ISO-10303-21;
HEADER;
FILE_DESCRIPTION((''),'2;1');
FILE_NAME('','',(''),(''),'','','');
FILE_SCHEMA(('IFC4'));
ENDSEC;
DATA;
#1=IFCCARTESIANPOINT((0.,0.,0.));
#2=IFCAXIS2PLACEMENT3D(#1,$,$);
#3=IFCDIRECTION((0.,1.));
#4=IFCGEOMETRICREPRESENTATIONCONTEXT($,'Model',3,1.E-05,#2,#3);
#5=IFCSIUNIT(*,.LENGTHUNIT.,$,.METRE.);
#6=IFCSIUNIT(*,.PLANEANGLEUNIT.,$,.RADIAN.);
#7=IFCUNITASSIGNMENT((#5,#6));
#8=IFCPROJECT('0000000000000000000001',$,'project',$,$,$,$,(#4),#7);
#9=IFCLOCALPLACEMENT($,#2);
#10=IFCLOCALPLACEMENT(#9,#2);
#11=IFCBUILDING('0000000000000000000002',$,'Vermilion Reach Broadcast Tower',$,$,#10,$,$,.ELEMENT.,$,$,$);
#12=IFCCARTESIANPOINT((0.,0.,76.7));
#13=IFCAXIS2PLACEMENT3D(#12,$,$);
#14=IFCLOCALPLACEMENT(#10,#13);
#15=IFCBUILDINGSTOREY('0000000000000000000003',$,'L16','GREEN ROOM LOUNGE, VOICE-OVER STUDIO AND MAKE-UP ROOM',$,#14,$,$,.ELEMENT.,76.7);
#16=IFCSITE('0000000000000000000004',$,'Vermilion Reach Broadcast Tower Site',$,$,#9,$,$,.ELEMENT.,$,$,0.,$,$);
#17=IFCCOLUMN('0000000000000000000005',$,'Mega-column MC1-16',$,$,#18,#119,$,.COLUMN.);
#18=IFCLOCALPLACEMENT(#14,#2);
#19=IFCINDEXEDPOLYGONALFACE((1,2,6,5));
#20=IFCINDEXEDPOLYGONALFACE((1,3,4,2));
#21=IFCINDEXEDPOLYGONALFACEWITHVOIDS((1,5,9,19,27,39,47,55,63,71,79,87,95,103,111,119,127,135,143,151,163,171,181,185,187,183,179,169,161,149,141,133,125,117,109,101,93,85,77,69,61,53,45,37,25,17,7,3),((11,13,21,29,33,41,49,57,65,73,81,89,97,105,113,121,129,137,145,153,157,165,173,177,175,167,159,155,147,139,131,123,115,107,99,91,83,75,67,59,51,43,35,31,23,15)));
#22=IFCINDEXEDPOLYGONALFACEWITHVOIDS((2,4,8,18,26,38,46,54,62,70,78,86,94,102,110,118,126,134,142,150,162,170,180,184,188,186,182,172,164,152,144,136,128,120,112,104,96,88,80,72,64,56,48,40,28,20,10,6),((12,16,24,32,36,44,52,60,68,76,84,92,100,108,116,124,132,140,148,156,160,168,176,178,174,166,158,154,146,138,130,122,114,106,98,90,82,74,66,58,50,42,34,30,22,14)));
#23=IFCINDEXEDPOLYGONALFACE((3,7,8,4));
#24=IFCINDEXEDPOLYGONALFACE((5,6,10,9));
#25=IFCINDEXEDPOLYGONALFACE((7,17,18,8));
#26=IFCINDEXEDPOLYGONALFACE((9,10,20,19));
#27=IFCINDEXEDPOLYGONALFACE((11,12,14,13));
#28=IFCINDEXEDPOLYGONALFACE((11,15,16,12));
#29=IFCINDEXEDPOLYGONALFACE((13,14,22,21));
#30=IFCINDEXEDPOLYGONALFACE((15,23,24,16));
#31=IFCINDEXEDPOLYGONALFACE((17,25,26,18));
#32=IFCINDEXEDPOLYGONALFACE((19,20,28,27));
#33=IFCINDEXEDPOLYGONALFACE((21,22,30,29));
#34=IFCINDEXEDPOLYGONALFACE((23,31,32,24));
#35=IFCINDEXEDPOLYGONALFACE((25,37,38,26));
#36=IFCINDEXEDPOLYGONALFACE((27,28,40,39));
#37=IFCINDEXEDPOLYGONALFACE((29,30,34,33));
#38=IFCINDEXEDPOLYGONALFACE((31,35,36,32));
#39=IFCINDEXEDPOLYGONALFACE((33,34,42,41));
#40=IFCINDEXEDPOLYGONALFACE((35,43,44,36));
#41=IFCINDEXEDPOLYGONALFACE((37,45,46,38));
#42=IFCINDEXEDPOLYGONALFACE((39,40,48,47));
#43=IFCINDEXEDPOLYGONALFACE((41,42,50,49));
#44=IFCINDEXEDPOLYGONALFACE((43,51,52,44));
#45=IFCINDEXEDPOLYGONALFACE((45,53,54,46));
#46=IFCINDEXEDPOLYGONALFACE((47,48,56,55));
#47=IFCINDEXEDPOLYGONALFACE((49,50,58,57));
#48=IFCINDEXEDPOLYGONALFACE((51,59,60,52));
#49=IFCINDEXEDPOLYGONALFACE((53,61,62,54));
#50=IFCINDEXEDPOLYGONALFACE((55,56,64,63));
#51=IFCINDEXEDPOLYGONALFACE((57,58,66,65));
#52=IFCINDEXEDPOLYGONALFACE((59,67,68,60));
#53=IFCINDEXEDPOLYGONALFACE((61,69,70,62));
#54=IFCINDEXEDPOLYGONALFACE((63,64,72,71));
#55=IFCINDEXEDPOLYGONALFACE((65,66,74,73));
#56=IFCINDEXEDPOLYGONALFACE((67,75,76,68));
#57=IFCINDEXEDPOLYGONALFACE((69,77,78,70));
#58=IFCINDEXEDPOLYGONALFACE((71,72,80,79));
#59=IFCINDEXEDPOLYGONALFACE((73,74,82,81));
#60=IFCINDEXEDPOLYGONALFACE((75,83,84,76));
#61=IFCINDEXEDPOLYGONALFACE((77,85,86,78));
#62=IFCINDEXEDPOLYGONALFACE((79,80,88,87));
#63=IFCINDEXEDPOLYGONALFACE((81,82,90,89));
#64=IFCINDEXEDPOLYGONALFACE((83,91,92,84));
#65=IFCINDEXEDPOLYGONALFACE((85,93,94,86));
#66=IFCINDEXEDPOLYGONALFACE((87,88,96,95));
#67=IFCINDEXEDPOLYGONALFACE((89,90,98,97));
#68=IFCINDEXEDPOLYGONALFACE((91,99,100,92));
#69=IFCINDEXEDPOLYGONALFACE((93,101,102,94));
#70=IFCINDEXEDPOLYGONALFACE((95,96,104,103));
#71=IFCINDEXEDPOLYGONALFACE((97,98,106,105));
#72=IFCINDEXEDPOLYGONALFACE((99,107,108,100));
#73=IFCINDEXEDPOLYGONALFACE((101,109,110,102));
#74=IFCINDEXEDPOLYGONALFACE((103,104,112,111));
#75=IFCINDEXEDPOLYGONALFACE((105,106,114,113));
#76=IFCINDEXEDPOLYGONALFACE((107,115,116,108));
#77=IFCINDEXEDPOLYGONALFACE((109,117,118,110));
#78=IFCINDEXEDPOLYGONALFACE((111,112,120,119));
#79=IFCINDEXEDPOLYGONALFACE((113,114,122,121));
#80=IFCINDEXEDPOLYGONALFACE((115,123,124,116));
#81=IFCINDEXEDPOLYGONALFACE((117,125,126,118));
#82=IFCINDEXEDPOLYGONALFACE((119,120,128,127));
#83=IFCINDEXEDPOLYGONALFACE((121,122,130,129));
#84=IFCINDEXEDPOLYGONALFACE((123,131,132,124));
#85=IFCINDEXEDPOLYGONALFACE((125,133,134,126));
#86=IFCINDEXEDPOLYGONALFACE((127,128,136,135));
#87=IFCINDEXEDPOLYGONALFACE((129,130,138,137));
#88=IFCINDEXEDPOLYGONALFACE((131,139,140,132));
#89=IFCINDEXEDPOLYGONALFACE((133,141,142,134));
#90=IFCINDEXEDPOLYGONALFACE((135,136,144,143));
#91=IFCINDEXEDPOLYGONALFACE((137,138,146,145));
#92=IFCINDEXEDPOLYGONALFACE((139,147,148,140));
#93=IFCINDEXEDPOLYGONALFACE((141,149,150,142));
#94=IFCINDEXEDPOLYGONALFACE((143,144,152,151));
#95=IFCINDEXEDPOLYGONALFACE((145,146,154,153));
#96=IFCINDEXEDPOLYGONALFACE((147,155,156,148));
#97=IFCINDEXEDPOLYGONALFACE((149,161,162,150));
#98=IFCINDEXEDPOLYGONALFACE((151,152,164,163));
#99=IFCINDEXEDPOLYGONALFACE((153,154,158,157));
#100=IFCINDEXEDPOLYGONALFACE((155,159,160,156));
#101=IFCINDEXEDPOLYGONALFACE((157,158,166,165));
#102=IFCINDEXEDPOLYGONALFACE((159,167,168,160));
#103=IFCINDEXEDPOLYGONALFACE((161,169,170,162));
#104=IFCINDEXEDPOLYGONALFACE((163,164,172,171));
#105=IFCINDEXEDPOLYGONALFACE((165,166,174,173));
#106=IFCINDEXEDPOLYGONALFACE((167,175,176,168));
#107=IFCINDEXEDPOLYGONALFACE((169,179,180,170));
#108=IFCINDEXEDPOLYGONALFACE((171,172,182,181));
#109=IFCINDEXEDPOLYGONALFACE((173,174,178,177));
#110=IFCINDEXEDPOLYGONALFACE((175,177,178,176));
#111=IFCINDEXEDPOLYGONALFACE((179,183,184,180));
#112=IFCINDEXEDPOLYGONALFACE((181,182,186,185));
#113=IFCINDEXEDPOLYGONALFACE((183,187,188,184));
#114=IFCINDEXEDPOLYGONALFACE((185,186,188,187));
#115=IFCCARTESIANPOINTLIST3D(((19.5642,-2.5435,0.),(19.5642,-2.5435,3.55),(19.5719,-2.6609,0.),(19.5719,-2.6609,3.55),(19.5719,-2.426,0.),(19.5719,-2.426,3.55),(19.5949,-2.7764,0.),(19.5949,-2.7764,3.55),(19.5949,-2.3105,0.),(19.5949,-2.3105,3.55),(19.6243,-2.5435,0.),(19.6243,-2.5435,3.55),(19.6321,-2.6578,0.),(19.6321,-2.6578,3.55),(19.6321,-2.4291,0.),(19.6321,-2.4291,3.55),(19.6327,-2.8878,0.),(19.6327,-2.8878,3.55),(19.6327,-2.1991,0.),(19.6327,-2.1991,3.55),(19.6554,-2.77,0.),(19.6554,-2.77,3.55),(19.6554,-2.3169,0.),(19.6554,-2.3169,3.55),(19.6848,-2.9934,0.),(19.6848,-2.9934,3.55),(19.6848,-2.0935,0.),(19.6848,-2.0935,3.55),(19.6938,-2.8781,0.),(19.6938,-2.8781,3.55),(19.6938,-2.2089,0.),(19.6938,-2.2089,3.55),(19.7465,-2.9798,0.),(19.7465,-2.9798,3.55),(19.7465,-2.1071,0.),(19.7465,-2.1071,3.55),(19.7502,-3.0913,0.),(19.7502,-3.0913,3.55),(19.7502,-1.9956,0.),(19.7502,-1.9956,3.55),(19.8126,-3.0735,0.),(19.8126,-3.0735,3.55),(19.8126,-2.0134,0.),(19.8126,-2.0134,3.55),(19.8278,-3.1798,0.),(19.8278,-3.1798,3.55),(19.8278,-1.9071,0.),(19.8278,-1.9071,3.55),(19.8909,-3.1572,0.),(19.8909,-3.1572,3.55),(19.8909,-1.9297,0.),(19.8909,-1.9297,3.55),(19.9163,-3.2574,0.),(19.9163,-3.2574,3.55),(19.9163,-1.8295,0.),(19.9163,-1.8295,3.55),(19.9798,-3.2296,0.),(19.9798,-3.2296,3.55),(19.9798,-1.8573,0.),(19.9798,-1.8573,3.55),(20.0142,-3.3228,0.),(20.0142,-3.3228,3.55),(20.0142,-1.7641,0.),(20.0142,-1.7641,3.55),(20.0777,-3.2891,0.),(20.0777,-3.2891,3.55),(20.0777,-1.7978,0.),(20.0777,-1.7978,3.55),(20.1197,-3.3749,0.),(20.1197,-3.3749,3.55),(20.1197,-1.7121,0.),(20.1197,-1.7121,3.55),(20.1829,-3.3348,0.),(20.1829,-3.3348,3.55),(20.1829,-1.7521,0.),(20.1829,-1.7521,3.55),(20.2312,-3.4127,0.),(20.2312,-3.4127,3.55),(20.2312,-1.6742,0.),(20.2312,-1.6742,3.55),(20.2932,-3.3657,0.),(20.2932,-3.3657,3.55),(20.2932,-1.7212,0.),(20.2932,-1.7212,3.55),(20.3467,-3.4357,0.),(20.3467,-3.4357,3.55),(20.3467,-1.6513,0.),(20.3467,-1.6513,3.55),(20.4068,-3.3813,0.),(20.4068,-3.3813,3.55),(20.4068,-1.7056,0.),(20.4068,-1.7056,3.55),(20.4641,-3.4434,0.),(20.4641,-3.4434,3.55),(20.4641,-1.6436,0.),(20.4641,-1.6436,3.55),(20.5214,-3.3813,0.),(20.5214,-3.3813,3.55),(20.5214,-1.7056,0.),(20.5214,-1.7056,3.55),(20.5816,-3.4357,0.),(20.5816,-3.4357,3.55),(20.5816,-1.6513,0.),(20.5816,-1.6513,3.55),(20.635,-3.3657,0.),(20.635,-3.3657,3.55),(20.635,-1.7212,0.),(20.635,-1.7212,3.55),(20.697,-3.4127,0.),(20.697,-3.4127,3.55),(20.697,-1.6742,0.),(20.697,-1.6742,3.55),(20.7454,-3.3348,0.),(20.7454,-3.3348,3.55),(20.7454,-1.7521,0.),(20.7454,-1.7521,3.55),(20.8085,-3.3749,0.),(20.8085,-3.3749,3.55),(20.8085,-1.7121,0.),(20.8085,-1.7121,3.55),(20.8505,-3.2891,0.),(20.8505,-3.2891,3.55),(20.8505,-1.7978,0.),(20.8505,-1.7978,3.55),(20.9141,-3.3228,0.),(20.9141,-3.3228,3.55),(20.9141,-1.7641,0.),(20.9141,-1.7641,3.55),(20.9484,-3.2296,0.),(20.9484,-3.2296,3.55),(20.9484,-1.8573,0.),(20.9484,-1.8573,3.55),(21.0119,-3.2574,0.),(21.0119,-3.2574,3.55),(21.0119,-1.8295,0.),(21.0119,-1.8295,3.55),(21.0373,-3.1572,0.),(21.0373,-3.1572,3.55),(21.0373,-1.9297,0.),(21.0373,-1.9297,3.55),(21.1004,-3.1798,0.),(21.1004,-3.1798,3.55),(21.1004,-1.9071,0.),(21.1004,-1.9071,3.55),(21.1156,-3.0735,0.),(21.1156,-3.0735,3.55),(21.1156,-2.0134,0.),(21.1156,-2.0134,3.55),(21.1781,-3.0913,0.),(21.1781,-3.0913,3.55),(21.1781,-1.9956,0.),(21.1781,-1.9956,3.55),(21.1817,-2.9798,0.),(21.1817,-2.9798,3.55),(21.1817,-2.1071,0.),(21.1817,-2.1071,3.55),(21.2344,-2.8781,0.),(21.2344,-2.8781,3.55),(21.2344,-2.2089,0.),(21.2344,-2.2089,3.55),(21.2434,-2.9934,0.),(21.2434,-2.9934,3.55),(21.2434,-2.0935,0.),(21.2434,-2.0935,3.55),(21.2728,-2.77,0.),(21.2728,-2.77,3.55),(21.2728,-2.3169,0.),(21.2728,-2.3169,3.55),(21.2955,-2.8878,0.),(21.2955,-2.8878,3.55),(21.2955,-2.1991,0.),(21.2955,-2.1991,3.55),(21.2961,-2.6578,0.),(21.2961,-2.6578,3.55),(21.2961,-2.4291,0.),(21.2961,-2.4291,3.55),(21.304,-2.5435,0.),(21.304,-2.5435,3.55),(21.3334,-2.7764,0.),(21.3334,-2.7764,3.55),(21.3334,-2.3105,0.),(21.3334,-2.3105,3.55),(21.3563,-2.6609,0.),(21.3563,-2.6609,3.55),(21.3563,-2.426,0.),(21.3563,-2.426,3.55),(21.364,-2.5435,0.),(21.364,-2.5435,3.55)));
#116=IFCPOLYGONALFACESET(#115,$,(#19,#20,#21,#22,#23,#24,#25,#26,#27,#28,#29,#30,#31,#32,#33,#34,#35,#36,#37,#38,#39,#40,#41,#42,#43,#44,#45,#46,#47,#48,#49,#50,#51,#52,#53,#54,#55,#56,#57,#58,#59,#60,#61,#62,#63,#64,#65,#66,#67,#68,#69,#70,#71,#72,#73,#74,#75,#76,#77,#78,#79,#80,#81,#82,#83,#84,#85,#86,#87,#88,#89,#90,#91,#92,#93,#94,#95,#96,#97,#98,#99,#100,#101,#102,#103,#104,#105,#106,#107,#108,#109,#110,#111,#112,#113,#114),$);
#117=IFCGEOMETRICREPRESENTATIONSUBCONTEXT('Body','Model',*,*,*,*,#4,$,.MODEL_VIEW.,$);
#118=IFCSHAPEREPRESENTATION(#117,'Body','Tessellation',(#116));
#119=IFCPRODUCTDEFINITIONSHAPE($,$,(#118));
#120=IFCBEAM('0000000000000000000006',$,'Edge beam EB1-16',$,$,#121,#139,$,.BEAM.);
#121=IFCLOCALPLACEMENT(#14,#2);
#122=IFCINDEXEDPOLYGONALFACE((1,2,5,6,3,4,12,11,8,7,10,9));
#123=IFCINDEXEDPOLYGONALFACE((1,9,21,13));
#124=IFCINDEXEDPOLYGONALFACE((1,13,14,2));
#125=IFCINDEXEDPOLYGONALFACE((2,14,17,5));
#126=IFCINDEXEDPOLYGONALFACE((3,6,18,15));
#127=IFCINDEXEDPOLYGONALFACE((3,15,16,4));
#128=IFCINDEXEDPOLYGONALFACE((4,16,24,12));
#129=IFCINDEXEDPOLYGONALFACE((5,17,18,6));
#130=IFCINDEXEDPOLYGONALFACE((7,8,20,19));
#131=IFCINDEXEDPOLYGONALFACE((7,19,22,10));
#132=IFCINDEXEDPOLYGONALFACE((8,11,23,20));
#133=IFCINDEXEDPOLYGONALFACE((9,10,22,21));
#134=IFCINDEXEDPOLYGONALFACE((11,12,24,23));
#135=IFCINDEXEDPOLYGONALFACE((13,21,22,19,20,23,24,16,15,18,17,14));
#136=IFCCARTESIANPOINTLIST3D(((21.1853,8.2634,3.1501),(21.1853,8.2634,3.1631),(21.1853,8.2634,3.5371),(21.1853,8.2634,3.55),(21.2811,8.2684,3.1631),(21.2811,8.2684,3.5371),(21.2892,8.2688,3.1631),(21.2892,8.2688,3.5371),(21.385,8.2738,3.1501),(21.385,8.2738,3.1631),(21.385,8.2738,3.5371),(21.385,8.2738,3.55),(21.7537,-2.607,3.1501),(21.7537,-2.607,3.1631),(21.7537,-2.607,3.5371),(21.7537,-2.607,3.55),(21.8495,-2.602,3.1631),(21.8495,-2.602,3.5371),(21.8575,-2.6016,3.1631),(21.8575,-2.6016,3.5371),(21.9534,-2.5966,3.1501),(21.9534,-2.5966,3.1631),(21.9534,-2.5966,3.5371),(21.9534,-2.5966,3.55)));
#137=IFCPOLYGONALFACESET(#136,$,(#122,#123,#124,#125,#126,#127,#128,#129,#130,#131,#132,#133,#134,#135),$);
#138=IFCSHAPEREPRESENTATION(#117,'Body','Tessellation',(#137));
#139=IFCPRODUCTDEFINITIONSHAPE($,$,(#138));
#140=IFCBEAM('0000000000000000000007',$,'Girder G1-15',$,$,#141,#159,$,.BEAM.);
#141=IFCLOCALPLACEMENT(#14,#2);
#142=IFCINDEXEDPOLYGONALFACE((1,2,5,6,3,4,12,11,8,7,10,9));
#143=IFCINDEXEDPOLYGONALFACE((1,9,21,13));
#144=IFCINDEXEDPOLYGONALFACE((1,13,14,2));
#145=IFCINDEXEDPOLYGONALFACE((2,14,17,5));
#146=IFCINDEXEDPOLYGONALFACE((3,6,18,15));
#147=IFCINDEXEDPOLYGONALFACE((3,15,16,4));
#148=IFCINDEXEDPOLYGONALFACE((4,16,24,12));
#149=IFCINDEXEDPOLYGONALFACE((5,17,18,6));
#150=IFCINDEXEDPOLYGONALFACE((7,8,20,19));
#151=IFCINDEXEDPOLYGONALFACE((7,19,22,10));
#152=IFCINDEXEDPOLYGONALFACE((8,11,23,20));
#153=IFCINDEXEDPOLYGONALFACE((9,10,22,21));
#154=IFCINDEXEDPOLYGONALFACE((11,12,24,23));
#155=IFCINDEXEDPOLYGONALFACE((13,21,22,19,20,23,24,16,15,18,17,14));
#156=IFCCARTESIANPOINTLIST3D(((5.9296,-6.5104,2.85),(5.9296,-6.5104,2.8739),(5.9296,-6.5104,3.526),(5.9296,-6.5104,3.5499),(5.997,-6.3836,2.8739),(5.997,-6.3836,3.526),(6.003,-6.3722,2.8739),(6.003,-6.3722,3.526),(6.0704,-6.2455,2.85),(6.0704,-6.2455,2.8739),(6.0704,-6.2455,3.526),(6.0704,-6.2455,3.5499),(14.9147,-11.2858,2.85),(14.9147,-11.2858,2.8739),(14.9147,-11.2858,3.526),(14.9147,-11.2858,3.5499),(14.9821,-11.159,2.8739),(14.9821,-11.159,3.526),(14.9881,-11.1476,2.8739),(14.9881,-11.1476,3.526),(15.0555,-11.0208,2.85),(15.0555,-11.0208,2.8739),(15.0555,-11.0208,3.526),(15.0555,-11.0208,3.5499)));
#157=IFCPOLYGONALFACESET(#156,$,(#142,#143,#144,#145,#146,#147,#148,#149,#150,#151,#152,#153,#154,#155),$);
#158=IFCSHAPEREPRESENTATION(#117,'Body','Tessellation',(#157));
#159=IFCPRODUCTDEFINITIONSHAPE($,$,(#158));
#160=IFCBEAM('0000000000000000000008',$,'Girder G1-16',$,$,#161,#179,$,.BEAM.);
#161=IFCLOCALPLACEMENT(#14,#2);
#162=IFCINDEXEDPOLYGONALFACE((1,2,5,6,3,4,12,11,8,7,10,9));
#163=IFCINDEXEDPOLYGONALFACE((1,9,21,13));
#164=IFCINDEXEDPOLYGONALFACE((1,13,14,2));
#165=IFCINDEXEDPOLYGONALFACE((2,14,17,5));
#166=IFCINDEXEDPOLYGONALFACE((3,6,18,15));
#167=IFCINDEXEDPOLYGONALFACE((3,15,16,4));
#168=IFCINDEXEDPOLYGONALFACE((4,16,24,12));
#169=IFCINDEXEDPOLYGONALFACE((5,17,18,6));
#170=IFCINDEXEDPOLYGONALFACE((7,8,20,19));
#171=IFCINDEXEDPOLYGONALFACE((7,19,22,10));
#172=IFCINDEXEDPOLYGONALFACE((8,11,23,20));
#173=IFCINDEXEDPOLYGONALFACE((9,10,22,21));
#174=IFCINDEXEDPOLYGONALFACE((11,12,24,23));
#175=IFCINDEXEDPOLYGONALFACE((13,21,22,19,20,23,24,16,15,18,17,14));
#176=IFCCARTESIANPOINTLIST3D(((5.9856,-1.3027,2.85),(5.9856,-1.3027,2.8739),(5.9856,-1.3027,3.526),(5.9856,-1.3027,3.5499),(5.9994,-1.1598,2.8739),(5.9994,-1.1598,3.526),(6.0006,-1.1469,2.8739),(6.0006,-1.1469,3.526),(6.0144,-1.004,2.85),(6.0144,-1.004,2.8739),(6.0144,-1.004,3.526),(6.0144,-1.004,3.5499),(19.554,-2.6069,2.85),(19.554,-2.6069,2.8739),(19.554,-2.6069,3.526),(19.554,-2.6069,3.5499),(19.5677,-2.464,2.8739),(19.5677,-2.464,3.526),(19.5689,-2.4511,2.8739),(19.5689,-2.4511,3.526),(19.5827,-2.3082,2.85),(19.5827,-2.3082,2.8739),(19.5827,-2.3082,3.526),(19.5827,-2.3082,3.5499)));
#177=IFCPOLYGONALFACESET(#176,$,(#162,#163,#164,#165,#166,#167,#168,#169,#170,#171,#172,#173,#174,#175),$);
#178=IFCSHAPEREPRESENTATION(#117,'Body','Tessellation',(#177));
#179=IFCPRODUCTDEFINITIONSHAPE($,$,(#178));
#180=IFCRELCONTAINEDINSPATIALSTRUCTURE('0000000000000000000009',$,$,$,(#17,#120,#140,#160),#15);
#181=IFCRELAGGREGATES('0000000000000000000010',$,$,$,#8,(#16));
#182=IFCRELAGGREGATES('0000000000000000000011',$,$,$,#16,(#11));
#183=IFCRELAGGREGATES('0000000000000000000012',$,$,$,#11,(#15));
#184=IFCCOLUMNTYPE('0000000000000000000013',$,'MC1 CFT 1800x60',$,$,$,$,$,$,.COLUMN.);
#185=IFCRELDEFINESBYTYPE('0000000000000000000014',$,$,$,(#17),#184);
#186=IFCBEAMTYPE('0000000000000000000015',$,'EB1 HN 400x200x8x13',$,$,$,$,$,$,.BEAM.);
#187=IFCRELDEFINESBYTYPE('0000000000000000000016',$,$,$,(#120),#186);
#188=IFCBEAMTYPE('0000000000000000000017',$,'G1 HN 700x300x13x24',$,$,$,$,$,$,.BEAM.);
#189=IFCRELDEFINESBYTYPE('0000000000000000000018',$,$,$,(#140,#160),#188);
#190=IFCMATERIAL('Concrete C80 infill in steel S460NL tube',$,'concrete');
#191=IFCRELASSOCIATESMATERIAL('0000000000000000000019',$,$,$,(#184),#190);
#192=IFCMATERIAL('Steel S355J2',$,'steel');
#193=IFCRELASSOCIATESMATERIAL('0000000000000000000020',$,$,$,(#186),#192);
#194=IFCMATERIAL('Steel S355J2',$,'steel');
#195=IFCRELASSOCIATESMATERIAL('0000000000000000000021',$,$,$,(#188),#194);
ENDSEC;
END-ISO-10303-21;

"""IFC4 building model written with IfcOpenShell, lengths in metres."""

from ifc_helpers import new_model, si_unit, direction, frame, origin, origin_2d, place, context, subcontext, project, spatial, hollow_circle, i_section, extrude, material, material_profile, profile_set, type_object, element, save


model = new_model("IFC4")

# Units and contexts
model_context = context("Model", 3, precision=1e-05, world=origin(), true_north=direction((0.0, 1.0)))
body_context = subcontext(model_context, "Body", "Model", "MODEL_VIEW")
ifc_project = project(units=[si_unit("LENGTHUNIT", "METRE"), si_unit("PLANEANGLEUNIT", "RADIAN")], contexts=[model_context])

# Site, building, storey
site_placement = place(None, origin())
site = spatial("IfcSite", under=ifc_project, at=site_placement, Name="Vermilion Reach Broadcast Tower Site", CompositionType="ELEMENT", RefElevation=0.0)
building_placement = place(site_placement, origin())
building = spatial("IfcBuilding", under=site, at=building_placement, Name="Vermilion Reach Broadcast Tower", CompositionType="ELEMENT")
storey_placement = place(building_placement, frame((0.0, 0.0, 76.7)))
storey = spatial("IfcBuildingStorey", under=building, at=storey_placement, Name="L16", Description="GREEN ROOM LOUNGE, VOICE-OVER STUDIO AND MAKE-UP ROOM", CompositionType="ELEMENT", Elevation=76.7)

# Column
ifc_material_1 = material(Name="Concrete C80 infill in steel S460NL tube", Category="concrete")
ifc_material_profile_1 = material_profile(ifc_material_1, hollow_circle(Radius=0.8999, WallThickness=0.0601, at=origin_2d()), Name="Concrete C80 infill in steel S460NL tube CFT 1800x60")
ifc_profile_set_1 = profile_set([ifc_material_profile_1], Name="Concrete C80 infill in steel S460NL tube")
column_type = type_object("IfcColumnType", Name="MC1 CFT 1800x60", PredefinedType="COLUMN", material=ifc_profile_set_1)
column_placement = place(storey_placement, frame((20.4641, -2.5435, 0.0), z_axis=(0.0, 0.0, 1.0), x_axis=(1.0, 0.0, 0.0)))
element("IfcColumn", 1, at=column_placement, inside=storey, type_object=column_type, Name="Mega-column MC1-16", PredefinedType="COLUMN", context=body_context, shape_type="SweptSolid", body=[
    extrude(hollow_circle(Radius=0.8999, WallThickness=0.0601, at=origin_2d()), origin(), (0.0, 0.0, 1.0), 3.55),
])

# Beams
ifc_material_2 = material(Name="Steel S355J2", Category="steel")
ifc_material_profile_2 = material_profile(ifc_material_2, i_section(OverallWidth=0.2, OverallDepth=0.3999, WebThickness=0.0081, FlangeThickness=0.0129, at=origin_2d()), Name="S355J2 HN 400x200x8x13")
ifc_profile_set_2 = profile_set([ifc_material_profile_2], Name="Steel S355J2")
beam_type_1 = type_object("IfcBeamType", Name="EB1 HN 400x200x8x13", PredefinedType="BEAM", material=ifc_profile_set_2)
beam_1_placement = place(storey_placement, frame((21.8535, -2.6018, 3.3501), z_axis=(-0.052214, 0.998636, 0.0), x_axis=(-0.998636, -0.052214, 0.0)))
element("IfcBeam", 2, at=beam_1_placement, inside=storey, type_object=beam_type_1, Name="Edge beam EB1-16", PredefinedType="BEAM", context=body_context, shape_type="SweptSolid", body=[
    extrude(i_section(OverallWidth=0.2, OverallDepth=0.3999, WebThickness=0.0081, FlangeThickness=0.0129, at=origin_2d()), origin(), (0.0, 0.0, 1.0), 10.8853),
])
ifc_material_3 = material(Name="Steel S355J2", Category="steel")
ifc_material_profile_3 = material_profile(ifc_material_3, i_section(OverallWidth=0.3, OverallDepth=0.7, WebThickness=0.0129, FlangeThickness=0.0239, at=origin_2d()), Name="S355J2 HN 700x300x13x24")
ifc_profile_set_3 = profile_set([ifc_material_profile_3], Name="Steel S355J2")
beam_type_2 = type_object("IfcBeamType", Name="G1 HN 700x300x13x24", PredefinedType="BEAM", material=ifc_profile_set_3)
beam_2_placement = place(storey_placement, frame((6.0, -6.3779, 3.2), z_axis=(0.883032, -0.469313, 0.0), x_axis=(0.469313, 0.883032, 0.0)))
element("IfcBeam", 3, at=beam_2_placement, inside=storey, type_object=beam_type_2, Name="Girder G1-15", PredefinedType="BEAM", context=body_context, shape_type="SweptSolid", body=[
    extrude(i_section(OverallWidth=0.3, OverallDepth=0.7, WebThickness=0.0129, FlangeThickness=0.0239, at=origin_2d()), origin(), (0.0, 0.0, 1.0), 10.1753),
])
beam_3_placement = place(storey_placement, frame((6.0, -1.1533, 3.2), z_axis=(0.995412, -0.09568, 0.0), x_axis=(0.09568, 0.995412, 0.0)))
element("IfcBeam", 4, at=beam_3_placement, inside=storey, type_object=beam_type_2, Name="Girder G1-16", PredefinedType="BEAM", context=body_context, shape_type="SweptSolid", body=[
    extrude(i_section(OverallWidth=0.3, OverallDepth=0.7, WebThickness=0.0129, FlangeThickness=0.0239, at=origin_2d()), origin(), (0.0, 0.0, 1.0), 13.6309),
])

save(model, "model.ifc")
